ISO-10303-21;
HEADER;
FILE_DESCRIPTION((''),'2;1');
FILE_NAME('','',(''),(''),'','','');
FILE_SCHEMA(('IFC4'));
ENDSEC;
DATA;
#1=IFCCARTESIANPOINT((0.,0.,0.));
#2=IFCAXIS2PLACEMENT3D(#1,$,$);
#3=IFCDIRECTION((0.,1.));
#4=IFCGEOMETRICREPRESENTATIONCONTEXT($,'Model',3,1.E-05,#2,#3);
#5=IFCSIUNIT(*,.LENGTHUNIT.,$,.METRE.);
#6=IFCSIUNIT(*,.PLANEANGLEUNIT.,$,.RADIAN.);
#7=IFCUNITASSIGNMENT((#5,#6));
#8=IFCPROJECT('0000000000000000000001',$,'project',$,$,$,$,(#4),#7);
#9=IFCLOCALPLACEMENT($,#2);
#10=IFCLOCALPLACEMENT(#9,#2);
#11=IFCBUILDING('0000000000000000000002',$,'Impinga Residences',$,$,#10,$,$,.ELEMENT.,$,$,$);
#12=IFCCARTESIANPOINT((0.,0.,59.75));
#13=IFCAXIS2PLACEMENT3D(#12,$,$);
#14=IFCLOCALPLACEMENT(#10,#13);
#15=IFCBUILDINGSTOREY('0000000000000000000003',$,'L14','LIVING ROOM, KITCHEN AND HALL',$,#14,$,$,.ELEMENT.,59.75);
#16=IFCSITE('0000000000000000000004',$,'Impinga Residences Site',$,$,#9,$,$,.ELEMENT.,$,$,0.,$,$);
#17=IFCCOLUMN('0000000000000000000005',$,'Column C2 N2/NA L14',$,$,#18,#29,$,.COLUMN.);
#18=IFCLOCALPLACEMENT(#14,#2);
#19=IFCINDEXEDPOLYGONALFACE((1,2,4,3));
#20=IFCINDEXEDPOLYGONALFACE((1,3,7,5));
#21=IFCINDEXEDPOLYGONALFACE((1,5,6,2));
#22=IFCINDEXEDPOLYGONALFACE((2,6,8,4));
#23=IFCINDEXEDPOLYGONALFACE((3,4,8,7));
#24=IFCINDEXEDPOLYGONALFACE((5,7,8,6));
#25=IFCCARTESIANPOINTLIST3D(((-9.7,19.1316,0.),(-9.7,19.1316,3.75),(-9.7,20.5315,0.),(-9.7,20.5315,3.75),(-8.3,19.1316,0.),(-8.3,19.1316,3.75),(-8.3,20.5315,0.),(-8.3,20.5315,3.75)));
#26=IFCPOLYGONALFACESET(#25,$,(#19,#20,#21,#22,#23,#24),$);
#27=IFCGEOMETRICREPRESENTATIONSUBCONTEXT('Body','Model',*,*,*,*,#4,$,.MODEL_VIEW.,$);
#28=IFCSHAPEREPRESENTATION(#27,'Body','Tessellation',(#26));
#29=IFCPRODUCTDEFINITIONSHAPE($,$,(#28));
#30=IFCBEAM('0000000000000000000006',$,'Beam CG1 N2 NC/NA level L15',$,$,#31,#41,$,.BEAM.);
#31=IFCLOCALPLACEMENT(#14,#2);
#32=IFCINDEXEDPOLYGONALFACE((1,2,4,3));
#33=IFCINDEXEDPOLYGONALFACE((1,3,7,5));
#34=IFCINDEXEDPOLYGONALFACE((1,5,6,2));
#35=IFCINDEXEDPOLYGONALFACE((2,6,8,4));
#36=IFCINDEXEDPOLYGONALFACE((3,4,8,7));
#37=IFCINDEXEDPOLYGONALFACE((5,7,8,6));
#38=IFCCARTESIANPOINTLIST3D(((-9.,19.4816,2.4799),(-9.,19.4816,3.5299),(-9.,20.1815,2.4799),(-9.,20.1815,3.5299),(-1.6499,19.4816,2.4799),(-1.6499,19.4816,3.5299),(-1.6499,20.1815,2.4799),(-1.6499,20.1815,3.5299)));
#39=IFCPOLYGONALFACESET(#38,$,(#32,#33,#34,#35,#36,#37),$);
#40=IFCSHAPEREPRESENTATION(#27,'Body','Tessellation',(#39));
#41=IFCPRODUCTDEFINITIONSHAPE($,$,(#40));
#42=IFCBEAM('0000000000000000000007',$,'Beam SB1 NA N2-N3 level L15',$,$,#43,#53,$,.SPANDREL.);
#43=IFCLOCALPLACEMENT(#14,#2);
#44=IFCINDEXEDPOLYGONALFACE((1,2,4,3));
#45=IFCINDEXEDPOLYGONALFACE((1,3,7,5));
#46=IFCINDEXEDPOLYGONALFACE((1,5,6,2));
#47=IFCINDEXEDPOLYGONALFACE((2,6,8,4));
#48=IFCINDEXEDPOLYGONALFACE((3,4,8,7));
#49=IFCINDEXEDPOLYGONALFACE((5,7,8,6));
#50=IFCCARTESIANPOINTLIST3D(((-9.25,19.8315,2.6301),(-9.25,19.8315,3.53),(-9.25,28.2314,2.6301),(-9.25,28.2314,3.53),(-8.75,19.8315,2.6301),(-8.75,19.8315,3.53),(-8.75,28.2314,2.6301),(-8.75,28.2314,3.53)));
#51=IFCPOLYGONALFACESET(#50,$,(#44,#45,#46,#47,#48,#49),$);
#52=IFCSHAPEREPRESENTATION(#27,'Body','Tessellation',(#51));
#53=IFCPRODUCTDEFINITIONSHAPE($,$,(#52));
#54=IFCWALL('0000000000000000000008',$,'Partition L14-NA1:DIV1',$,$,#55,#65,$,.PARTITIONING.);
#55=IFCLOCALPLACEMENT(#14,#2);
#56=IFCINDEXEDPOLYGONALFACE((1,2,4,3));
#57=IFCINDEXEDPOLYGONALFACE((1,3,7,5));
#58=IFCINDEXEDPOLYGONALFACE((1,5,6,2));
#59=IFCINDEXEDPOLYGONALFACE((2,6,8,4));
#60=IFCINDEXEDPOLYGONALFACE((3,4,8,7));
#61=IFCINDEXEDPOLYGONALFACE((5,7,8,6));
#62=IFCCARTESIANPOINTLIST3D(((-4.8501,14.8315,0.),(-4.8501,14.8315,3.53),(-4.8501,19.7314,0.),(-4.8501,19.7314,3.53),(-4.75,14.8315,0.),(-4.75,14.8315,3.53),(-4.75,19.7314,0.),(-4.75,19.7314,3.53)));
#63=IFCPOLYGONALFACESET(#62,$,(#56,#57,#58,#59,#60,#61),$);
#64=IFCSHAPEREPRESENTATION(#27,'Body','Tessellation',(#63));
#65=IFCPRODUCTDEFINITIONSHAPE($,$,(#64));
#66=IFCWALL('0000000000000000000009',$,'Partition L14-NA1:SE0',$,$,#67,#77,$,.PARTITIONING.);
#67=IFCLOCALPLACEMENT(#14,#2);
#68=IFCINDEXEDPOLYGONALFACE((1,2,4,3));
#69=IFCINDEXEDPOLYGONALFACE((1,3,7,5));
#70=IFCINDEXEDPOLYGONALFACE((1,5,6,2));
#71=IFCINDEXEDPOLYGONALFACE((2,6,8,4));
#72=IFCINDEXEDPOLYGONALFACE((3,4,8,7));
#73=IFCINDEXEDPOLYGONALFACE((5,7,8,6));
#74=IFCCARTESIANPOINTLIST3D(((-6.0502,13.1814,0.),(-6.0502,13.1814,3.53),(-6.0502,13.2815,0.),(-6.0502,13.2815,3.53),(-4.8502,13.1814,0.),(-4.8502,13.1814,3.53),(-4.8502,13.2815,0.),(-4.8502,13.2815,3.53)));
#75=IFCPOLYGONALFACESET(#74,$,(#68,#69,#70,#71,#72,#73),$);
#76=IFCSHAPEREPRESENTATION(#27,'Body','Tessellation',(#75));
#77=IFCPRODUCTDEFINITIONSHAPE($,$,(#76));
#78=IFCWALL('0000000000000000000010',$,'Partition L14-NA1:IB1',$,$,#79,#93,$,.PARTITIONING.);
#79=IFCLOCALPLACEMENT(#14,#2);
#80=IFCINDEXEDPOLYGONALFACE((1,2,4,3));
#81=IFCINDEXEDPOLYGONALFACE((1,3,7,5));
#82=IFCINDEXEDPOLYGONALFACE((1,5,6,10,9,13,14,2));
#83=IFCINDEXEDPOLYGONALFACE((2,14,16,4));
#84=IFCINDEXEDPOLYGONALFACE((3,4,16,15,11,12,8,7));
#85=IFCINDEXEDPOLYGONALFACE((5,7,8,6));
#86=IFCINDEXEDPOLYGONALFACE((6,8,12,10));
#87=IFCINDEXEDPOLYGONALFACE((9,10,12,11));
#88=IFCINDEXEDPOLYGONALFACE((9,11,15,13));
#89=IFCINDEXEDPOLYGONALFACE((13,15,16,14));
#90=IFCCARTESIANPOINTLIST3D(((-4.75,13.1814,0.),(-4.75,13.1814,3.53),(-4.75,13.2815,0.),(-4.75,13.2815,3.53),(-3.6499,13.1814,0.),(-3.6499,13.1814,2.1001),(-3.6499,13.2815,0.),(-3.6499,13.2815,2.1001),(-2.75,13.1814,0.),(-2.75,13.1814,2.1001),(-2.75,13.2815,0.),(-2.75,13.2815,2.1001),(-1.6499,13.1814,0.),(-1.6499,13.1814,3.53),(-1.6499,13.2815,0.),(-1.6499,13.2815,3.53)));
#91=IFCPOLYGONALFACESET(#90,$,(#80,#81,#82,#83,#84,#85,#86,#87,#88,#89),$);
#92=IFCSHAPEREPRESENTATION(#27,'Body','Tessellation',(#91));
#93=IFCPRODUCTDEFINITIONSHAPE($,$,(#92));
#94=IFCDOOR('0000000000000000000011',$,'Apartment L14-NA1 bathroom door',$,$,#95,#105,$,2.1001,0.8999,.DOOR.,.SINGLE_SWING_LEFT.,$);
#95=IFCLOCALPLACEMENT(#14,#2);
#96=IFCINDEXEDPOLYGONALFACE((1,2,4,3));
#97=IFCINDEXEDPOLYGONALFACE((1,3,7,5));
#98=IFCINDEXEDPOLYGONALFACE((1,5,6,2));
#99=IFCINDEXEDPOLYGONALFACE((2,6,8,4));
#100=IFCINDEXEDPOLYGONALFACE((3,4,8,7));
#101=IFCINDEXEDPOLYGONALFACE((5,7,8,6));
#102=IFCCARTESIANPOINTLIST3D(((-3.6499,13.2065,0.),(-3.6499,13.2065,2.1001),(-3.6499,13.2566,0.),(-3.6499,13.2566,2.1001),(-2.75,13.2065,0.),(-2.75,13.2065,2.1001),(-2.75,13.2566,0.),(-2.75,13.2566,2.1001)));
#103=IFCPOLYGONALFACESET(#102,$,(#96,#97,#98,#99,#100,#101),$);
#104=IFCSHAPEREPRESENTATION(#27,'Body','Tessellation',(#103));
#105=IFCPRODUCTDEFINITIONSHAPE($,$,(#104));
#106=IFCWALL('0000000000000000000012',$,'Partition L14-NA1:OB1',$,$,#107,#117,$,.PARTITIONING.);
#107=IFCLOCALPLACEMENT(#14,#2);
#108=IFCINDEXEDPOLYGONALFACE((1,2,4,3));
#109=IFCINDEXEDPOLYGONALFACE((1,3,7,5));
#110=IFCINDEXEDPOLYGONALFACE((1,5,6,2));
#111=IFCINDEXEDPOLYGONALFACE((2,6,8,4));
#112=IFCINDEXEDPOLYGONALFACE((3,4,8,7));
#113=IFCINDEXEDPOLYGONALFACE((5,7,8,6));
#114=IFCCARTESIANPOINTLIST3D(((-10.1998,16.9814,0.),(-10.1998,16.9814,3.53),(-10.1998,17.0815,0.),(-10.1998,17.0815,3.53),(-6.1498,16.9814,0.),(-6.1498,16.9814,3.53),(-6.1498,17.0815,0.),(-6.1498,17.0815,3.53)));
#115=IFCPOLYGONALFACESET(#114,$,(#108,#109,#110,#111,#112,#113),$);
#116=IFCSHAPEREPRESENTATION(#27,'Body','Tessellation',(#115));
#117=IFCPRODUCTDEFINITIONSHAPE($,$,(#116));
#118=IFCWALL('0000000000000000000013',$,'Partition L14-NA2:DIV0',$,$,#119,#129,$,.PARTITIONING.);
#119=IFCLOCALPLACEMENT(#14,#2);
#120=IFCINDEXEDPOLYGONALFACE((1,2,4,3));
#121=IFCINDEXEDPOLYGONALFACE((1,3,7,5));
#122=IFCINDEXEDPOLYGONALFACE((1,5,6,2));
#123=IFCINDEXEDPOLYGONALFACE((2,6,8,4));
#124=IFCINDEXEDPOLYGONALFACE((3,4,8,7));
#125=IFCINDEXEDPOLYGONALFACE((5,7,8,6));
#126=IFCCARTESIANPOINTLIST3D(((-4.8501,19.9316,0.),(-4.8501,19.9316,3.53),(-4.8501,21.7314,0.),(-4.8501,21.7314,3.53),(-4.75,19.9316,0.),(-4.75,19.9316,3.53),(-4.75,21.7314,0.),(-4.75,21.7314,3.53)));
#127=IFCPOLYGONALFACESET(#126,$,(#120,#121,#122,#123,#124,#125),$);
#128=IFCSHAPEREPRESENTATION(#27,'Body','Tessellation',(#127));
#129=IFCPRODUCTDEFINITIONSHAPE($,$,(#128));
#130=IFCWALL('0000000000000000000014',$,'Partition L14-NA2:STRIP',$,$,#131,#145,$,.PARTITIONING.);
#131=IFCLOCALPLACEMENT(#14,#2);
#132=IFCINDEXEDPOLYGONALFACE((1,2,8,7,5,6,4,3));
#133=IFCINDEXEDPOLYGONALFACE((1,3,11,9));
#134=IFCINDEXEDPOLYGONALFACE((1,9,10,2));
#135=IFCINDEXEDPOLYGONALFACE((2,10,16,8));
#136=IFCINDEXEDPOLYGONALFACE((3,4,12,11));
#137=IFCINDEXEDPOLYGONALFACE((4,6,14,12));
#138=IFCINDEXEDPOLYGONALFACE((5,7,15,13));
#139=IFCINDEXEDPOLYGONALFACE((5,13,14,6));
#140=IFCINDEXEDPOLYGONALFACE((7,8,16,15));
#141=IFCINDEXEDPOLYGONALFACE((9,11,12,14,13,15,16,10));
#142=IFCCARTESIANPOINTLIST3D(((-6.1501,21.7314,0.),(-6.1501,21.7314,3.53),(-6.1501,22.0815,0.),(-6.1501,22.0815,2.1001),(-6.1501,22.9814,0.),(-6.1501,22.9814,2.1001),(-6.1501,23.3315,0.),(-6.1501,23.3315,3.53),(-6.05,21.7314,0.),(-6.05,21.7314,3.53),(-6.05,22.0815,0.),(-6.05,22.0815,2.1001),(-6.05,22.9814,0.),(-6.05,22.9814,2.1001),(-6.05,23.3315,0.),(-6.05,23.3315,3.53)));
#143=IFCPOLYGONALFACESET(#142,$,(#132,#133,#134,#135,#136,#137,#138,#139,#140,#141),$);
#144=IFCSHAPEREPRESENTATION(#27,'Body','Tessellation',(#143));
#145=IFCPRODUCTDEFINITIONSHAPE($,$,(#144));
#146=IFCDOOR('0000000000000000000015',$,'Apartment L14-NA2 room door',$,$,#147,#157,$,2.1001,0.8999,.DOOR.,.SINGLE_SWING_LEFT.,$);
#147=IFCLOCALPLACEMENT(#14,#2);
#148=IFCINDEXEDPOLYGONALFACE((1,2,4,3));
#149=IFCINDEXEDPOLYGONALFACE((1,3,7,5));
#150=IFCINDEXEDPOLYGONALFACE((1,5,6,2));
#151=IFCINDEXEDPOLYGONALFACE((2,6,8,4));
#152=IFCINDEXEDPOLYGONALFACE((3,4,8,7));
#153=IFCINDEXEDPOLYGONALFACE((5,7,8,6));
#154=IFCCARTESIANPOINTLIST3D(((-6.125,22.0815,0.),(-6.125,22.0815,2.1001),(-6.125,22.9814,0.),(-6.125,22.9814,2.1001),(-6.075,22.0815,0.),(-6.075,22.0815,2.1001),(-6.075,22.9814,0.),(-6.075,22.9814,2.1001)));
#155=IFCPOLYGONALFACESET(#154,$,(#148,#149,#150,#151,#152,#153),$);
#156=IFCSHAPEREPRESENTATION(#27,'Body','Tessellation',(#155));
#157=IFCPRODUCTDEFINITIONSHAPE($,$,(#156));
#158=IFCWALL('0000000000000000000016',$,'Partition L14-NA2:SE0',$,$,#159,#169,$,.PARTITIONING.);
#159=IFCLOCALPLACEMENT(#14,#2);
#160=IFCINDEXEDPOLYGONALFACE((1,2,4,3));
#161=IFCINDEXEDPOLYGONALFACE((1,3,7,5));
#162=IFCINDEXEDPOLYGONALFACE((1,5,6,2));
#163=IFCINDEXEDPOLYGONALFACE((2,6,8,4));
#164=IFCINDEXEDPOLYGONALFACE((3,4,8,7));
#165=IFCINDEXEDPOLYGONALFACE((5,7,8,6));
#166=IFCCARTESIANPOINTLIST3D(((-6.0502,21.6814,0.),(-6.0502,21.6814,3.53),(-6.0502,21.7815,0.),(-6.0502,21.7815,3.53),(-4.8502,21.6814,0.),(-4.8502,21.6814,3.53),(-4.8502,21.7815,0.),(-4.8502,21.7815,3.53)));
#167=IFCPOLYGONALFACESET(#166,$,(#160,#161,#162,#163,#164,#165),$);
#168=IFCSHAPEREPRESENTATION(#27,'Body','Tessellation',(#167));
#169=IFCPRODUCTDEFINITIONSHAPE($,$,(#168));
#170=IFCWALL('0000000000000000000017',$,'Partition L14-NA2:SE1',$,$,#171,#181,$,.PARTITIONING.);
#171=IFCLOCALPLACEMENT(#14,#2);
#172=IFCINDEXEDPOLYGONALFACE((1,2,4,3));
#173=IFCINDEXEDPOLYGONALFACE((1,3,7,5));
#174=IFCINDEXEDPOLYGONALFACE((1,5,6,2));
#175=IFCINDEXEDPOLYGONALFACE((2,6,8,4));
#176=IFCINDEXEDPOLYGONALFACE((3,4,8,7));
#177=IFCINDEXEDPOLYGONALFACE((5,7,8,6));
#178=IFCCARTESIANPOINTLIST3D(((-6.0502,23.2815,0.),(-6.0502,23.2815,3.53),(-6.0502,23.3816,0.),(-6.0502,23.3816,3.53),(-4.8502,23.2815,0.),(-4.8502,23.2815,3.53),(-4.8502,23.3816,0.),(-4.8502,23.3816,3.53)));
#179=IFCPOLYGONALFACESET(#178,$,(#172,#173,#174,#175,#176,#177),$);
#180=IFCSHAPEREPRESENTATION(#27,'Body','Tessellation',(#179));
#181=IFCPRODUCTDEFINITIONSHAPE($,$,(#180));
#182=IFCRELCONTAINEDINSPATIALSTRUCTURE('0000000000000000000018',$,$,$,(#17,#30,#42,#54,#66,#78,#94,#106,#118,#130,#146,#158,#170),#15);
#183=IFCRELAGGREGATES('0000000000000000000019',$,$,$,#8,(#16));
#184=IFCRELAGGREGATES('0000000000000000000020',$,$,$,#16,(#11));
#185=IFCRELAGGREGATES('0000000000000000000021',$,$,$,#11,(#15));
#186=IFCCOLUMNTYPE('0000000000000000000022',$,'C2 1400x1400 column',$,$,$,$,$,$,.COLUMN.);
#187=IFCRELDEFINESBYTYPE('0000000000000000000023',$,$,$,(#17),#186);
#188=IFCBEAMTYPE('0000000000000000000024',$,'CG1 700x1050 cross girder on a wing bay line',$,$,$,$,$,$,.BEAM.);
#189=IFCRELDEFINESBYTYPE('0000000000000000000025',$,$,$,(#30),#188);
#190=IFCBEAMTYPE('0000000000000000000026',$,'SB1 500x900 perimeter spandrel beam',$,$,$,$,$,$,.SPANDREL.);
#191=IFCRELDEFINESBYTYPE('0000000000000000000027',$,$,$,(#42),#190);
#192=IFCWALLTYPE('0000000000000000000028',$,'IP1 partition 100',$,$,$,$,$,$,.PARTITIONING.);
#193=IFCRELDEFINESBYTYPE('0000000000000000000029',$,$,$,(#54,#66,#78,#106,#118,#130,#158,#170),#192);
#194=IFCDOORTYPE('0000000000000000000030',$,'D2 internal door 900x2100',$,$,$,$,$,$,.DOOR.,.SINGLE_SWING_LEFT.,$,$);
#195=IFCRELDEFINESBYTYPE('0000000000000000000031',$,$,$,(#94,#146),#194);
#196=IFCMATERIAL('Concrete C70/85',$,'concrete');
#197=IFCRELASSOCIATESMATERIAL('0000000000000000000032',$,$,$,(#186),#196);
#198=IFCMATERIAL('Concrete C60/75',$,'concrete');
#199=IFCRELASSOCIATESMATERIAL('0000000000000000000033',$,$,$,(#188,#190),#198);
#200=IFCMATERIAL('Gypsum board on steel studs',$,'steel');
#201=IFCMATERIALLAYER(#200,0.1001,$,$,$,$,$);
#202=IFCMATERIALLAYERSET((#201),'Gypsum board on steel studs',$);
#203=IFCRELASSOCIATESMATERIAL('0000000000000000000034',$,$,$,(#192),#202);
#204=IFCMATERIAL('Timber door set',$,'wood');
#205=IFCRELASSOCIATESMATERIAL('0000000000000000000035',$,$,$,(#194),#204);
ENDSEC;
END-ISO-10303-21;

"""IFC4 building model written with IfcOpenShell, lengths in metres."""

from ifc_helpers import new_model, si_unit, direction, frame, frame_2d, origin, origin_2d, place, context, subcontext, project, spatial, rectangle, extrude, material, layer, layer_set, material_profile, profile_set, type_object, element, fill, save


model = new_model("IFC4")

# Units and contexts
model_context = context("Model", 3, precision=1e-05, world=origin(), true_north=direction((0.0, 1.0)))
body_context = subcontext(model_context, "Body", "Model", "MODEL_VIEW")
ifc_project = project(units=[si_unit("LENGTHUNIT", "METRE"), si_unit("PLANEANGLEUNIT", "RADIAN")], contexts=[model_context])

# Site, building, storey
site_placement = place(None, origin())
site = spatial("IfcSite", under=ifc_project, at=site_placement, Name="Impinga Residences Site", CompositionType="ELEMENT", RefElevation=0.0)
building_placement = place(site_placement, origin())
building = spatial("IfcBuilding", under=site, at=building_placement, Name="Impinga Residences", CompositionType="ELEMENT")
storey_placement = place(building_placement, frame((0.0, 0.0, 59.75)))
storey = spatial("IfcBuildingStorey", under=building, at=storey_placement, Name="L14", Description="LIVING ROOM, KITCHEN AND HALL", CompositionType="ELEMENT", Elevation=59.75)

# Column
ifc_material_1 = material(Name="Concrete C70/85", Category="concrete")
ifc_material_profile_1 = material_profile(ifc_material_1, rectangle(XDim=1.3999, YDim=1.3999, at=origin_2d()), Name="RC 1400x1400")
ifc_profile_set_1 = profile_set([ifc_material_profile_1], Name="Concrete C70/85")
column_type = type_object("IfcColumnType", Name="C2 1400x1400 column", PredefinedType="COLUMN", material=ifc_profile_set_1)
column_placement = place(storey_placement, frame((-9.0, 19.8315, 0.0), z_axis=(0.0, 0.0, 1.0), x_axis=(1.0, 0.0, 0.0)))
element("IfcColumn", 1, at=column_placement, inside=storey, type_object=column_type, Name="Column C2 N2/NA L14", PredefinedType="COLUMN", context=body_context, shape_type="SweptSolid", body=[
    extrude(rectangle(XDim=1.3999, YDim=1.3999, at=origin_2d()), origin(), (0.0, 0.0, 1.0), 3.75),
])

# Beams
ifc_material_2 = material(Name="Concrete C60/75", Category="concrete")
ifc_material_profile_2 = material_profile(ifc_material_2, rectangle(XDim=0.7, YDim=1.05, at=origin_2d()), Name="RC 700x1050")
ifc_profile_set_2 = profile_set([ifc_material_profile_2], Name="Concrete C60/75")
beam_type_1 = type_object("IfcBeamType", Name="CG1 700x1050 cross girder on a wing bay line", PredefinedType="BEAM", material=ifc_profile_set_2)
beam_1_placement = place(storey_placement, frame((-1.6499, 19.8315, 3.0049), z_axis=(-1.0, 0.0, 0.0), x_axis=(0.0, -1.0, 0.0)))
element("IfcBeam", 2, at=beam_1_placement, inside=storey, type_object=beam_type_1, Name="Beam CG1 N2 NC/NA level L15", PredefinedType="BEAM", context=body_context, shape_type="SweptSolid", body=[
    extrude(rectangle(XDim=0.7, YDim=1.05, at=origin_2d()), origin(), (0.0, 0.0, 1.0), 7.3501),
])
ifc_material_profile_3 = material_profile(ifc_material_2, rectangle(XDim=0.5, YDim=0.8999, at=origin_2d()), Name="RC 500x900")
ifc_profile_set_3 = profile_set([ifc_material_profile_3], Name="Concrete C60/75")
beam_type_2 = type_object("IfcBeamType", Name="SB1 500x900 perimeter spandrel beam", PredefinedType="SPANDREL", material=ifc_profile_set_3)
beam_2_placement = place(storey_placement, frame((-9.0, 19.8315, 3.0801), z_axis=(0.0, 1.0, 0.0), x_axis=(-1.0, 0.0, 0.0)))
element("IfcBeam", 3, at=beam_2_placement, inside=storey, type_object=beam_type_2, Name="Beam SB1 NA N2-N3 level L15", PredefinedType="SPANDREL", context=body_context, shape_type="SweptSolid", body=[
    extrude(rectangle(XDim=0.5, YDim=0.8999, at=origin_2d()), origin(), (0.0, 0.0, 1.0), 8.3999),
])

# Walls
ifc_material_3 = material(Name="Gypsum board on steel studs", Category="steel")
ifc_layer_1 = layer(ifc_material_3, 0.1001)
ifc_layer_set_1 = layer_set([ifc_layer_1], Name="Gypsum board on steel studs")
wall_type_1 = type_object("IfcWallType", Name="IP1 partition 100", PredefinedType="PARTITIONING", material=ifc_layer_set_1)
wall_1_placement = place(storey_placement, frame((-4.8, 14.8315, 0.0), z_axis=(0.0, 0.0, 1.0), x_axis=(0.0, 1.0, 0.0)))
element("IfcWall", 4, at=wall_1_placement, inside=storey, type_object=wall_type_1, Name="Partition L14-NA1:DIV1", PredefinedType="PARTITIONING", context=body_context, shape_type="SweptSolid", body=[
    extrude(rectangle(XDim=4.8999, YDim=0.1001, at=frame_2d((2.45, 0.0))), origin(), (0.0, 0.0, 1.0), 3.53),
])
wall_2_placement = place(storey_placement, frame((-4.8501, 13.2314, 0.0), z_axis=(0.0, 0.0, 1.0), x_axis=(-1.0, 0.0, 0.0)))
element("IfcWall", 5, at=wall_2_placement, inside=storey, type_object=wall_type_1, Name="Partition L14-NA1:SE0", PredefinedType="PARTITIONING", context=body_context, shape_type="SweptSolid", body=[
    extrude(rectangle(XDim=1.2, YDim=0.1001, at=frame_2d((0.6001, 0.0))), origin(), (0.0, 0.0, 1.0), 3.53),
])

# Wall, opening, door
wall_3_placement = place(storey_placement, frame((-1.6499, 13.2314, 0.0), z_axis=(0.0, 0.0, 1.0), x_axis=(-1.0, 0.0, 0.0)))
wall_3 = element("IfcWall", 6, at=wall_3_placement, inside=storey, type_object=wall_type_1, Name="Partition L14-NA1:IB1", PredefinedType="PARTITIONING", context=body_context, shape_type="SweptSolid", body=[
    extrude(rectangle(XDim=3.1001, YDim=0.1001, at=frame_2d((1.55, 0.0))), origin(), (0.0, 0.0, 1.0), 3.53),
])
opening_1_placement = place(wall_3_placement, frame((1.1001, 0.0, 0.0)))
opening_1 = element("IfcOpeningElement", 7, at=opening_1_placement, cuts=wall_3, PredefinedType="OPENING", context=body_context, shape_type="SweptSolid", body=[
    extrude(rectangle(XDim=0.8999, YDim=2.1001, at=frame_2d((0.45, 1.05))), frame((0.0, 0.0601, 0.0), z_axis=(0.0, -1.0, 0.0), x_axis=(1.0, 0.0, 0.0)), (0.0, 0.0, 1.0), 0.1201),
])
ifc_material_4 = material(Name="Timber door set", Category="wood")
door_type = type_object("IfcDoorType", Name="D2 internal door 900x2100", OperationType="SINGLE_SWING_LEFT", PredefinedType="DOOR", material=ifc_material_4)
door_1_placement = place(opening_1_placement, origin())
door_1 = element("IfcDoor", 8, at=door_1_placement, inside=storey, type_object=door_type, Name="Apartment L14-NA1 bathroom door", OperationType="SINGLE_SWING_LEFT", OverallHeight=2.1001, OverallWidth=0.8999, PredefinedType="DOOR", context=body_context, shape_type="SweptSolid", body=[
    extrude(rectangle(XDim=0.8999, YDim=2.1001, at=frame_2d((0.45, 1.05))), frame((0.0, 0.0249, 0.0), z_axis=(0.0, -1.0, 0.0), x_axis=(1.0, 0.0, 0.0)), (0.0, 0.0, 1.0), 0.05),
])
fill(opening_1, door_1)

# Walls
wall_4_placement = place(storey_placement, frame((-6.1499, 17.0315, 0.0), z_axis=(0.0, 0.0, 1.0), x_axis=(-1.0, 0.0, 0.0)))
element("IfcWall", 9, at=wall_4_placement, inside=storey, type_object=wall_type_1, Name="Partition L14-NA1:OB1", PredefinedType="PARTITIONING", context=body_context, shape_type="SweptSolid", body=[
    extrude(rectangle(XDim=4.05, YDim=0.1001, at=frame_2d((2.0249, 0.0))), origin(), (0.0, 0.0, 1.0), 3.53),
])
wall_5_placement = place(storey_placement, frame((-4.8, 19.9316, 0.0), z_axis=(0.0, 0.0, 1.0), x_axis=(0.0, 1.0, 0.0)))
element("IfcWall", 10, at=wall_5_placement, inside=storey, type_object=wall_type_1, Name="Partition L14-NA2:DIV0", PredefinedType="PARTITIONING", context=body_context, shape_type="SweptSolid", body=[
    extrude(rectangle(XDim=1.7998, YDim=0.1001, at=frame_2d((0.8999, 0.0))), origin(), (0.0, 0.0, 1.0), 3.53),
])

# Wall, opening, door
wall_6_placement = place(storey_placement, frame((-6.1001, 21.7314, 0.0), z_axis=(0.0, 0.0, 1.0), x_axis=(0.0, 1.0, 0.0)))
wall_6 = element("IfcWall", 11, at=wall_6_placement, inside=storey, type_object=wall_type_1, Name="Partition L14-NA2:STRIP", PredefinedType="PARTITIONING", context=body_context, shape_type="SweptSolid", body=[
    extrude(rectangle(XDim=1.6001, YDim=0.1001, at=frame_2d((0.8, 0.0))), origin(), (0.0, 0.0, 1.0), 3.53),
])
opening_2_placement = place(wall_6_placement, frame((0.3501, 0.0, 0.0)))
opening_2 = element("IfcOpeningElement", 12, at=opening_2_placement, cuts=wall_6, PredefinedType="OPENING", context=body_context, shape_type="SweptSolid", body=[
    extrude(rectangle(XDim=0.8999, YDim=2.1001, at=frame_2d((0.45, 1.05))), frame((0.0, 0.0601, 0.0), z_axis=(0.0, -1.0, 0.0), x_axis=(1.0, 0.0, 0.0)), (0.0, 0.0, 1.0), 0.1201),
])
door_2_placement = place(opening_2_placement, origin())
door_2 = element("IfcDoor", 13, at=door_2_placement, inside=storey, type_object=door_type, Name="Apartment L14-NA2 room door", OperationType="SINGLE_SWING_LEFT", OverallHeight=2.1001, OverallWidth=0.8999, PredefinedType="DOOR", context=body_context, shape_type="SweptSolid", body=[
    extrude(rectangle(XDim=0.8999, YDim=2.1001, at=frame_2d((0.45, 1.05))), frame((0.0, 0.0249, 0.0), z_axis=(0.0, -1.0, 0.0), x_axis=(1.0, 0.0, 0.0)), (0.0, 0.0, 1.0), 0.05),
])
fill(opening_2, door_2)

# Walls
for number, where, z_axis, x_axis, name in (
    (14, (-4.8501, 21.7314, 0.0), (0.0, 0.0, 1.0), (-1.0, 0.0, 0.0), "Partition L14-NA2:SE0"),
    (15, (-4.8501, 23.3315, 0.0), (0.0, 0.0, 1.0), (-1.0, 0.0, 0.0), "Partition L14-NA2:SE1"),
):
    element("IfcWall", number, at=place(storey_placement, frame(where, z_axis=z_axis, x_axis=x_axis)), inside=storey, type_object=wall_type_1, Name=name, PredefinedType="PARTITIONING", context=body_context, shape_type="SweptSolid", body=[
        extrude(rectangle(XDim=1.2, YDim=0.1001, at=frame_2d((0.6001, 0.0))), origin(), (0.0, 0.0, 1.0), 3.53),
    ])

save(model, "model.ifc")
